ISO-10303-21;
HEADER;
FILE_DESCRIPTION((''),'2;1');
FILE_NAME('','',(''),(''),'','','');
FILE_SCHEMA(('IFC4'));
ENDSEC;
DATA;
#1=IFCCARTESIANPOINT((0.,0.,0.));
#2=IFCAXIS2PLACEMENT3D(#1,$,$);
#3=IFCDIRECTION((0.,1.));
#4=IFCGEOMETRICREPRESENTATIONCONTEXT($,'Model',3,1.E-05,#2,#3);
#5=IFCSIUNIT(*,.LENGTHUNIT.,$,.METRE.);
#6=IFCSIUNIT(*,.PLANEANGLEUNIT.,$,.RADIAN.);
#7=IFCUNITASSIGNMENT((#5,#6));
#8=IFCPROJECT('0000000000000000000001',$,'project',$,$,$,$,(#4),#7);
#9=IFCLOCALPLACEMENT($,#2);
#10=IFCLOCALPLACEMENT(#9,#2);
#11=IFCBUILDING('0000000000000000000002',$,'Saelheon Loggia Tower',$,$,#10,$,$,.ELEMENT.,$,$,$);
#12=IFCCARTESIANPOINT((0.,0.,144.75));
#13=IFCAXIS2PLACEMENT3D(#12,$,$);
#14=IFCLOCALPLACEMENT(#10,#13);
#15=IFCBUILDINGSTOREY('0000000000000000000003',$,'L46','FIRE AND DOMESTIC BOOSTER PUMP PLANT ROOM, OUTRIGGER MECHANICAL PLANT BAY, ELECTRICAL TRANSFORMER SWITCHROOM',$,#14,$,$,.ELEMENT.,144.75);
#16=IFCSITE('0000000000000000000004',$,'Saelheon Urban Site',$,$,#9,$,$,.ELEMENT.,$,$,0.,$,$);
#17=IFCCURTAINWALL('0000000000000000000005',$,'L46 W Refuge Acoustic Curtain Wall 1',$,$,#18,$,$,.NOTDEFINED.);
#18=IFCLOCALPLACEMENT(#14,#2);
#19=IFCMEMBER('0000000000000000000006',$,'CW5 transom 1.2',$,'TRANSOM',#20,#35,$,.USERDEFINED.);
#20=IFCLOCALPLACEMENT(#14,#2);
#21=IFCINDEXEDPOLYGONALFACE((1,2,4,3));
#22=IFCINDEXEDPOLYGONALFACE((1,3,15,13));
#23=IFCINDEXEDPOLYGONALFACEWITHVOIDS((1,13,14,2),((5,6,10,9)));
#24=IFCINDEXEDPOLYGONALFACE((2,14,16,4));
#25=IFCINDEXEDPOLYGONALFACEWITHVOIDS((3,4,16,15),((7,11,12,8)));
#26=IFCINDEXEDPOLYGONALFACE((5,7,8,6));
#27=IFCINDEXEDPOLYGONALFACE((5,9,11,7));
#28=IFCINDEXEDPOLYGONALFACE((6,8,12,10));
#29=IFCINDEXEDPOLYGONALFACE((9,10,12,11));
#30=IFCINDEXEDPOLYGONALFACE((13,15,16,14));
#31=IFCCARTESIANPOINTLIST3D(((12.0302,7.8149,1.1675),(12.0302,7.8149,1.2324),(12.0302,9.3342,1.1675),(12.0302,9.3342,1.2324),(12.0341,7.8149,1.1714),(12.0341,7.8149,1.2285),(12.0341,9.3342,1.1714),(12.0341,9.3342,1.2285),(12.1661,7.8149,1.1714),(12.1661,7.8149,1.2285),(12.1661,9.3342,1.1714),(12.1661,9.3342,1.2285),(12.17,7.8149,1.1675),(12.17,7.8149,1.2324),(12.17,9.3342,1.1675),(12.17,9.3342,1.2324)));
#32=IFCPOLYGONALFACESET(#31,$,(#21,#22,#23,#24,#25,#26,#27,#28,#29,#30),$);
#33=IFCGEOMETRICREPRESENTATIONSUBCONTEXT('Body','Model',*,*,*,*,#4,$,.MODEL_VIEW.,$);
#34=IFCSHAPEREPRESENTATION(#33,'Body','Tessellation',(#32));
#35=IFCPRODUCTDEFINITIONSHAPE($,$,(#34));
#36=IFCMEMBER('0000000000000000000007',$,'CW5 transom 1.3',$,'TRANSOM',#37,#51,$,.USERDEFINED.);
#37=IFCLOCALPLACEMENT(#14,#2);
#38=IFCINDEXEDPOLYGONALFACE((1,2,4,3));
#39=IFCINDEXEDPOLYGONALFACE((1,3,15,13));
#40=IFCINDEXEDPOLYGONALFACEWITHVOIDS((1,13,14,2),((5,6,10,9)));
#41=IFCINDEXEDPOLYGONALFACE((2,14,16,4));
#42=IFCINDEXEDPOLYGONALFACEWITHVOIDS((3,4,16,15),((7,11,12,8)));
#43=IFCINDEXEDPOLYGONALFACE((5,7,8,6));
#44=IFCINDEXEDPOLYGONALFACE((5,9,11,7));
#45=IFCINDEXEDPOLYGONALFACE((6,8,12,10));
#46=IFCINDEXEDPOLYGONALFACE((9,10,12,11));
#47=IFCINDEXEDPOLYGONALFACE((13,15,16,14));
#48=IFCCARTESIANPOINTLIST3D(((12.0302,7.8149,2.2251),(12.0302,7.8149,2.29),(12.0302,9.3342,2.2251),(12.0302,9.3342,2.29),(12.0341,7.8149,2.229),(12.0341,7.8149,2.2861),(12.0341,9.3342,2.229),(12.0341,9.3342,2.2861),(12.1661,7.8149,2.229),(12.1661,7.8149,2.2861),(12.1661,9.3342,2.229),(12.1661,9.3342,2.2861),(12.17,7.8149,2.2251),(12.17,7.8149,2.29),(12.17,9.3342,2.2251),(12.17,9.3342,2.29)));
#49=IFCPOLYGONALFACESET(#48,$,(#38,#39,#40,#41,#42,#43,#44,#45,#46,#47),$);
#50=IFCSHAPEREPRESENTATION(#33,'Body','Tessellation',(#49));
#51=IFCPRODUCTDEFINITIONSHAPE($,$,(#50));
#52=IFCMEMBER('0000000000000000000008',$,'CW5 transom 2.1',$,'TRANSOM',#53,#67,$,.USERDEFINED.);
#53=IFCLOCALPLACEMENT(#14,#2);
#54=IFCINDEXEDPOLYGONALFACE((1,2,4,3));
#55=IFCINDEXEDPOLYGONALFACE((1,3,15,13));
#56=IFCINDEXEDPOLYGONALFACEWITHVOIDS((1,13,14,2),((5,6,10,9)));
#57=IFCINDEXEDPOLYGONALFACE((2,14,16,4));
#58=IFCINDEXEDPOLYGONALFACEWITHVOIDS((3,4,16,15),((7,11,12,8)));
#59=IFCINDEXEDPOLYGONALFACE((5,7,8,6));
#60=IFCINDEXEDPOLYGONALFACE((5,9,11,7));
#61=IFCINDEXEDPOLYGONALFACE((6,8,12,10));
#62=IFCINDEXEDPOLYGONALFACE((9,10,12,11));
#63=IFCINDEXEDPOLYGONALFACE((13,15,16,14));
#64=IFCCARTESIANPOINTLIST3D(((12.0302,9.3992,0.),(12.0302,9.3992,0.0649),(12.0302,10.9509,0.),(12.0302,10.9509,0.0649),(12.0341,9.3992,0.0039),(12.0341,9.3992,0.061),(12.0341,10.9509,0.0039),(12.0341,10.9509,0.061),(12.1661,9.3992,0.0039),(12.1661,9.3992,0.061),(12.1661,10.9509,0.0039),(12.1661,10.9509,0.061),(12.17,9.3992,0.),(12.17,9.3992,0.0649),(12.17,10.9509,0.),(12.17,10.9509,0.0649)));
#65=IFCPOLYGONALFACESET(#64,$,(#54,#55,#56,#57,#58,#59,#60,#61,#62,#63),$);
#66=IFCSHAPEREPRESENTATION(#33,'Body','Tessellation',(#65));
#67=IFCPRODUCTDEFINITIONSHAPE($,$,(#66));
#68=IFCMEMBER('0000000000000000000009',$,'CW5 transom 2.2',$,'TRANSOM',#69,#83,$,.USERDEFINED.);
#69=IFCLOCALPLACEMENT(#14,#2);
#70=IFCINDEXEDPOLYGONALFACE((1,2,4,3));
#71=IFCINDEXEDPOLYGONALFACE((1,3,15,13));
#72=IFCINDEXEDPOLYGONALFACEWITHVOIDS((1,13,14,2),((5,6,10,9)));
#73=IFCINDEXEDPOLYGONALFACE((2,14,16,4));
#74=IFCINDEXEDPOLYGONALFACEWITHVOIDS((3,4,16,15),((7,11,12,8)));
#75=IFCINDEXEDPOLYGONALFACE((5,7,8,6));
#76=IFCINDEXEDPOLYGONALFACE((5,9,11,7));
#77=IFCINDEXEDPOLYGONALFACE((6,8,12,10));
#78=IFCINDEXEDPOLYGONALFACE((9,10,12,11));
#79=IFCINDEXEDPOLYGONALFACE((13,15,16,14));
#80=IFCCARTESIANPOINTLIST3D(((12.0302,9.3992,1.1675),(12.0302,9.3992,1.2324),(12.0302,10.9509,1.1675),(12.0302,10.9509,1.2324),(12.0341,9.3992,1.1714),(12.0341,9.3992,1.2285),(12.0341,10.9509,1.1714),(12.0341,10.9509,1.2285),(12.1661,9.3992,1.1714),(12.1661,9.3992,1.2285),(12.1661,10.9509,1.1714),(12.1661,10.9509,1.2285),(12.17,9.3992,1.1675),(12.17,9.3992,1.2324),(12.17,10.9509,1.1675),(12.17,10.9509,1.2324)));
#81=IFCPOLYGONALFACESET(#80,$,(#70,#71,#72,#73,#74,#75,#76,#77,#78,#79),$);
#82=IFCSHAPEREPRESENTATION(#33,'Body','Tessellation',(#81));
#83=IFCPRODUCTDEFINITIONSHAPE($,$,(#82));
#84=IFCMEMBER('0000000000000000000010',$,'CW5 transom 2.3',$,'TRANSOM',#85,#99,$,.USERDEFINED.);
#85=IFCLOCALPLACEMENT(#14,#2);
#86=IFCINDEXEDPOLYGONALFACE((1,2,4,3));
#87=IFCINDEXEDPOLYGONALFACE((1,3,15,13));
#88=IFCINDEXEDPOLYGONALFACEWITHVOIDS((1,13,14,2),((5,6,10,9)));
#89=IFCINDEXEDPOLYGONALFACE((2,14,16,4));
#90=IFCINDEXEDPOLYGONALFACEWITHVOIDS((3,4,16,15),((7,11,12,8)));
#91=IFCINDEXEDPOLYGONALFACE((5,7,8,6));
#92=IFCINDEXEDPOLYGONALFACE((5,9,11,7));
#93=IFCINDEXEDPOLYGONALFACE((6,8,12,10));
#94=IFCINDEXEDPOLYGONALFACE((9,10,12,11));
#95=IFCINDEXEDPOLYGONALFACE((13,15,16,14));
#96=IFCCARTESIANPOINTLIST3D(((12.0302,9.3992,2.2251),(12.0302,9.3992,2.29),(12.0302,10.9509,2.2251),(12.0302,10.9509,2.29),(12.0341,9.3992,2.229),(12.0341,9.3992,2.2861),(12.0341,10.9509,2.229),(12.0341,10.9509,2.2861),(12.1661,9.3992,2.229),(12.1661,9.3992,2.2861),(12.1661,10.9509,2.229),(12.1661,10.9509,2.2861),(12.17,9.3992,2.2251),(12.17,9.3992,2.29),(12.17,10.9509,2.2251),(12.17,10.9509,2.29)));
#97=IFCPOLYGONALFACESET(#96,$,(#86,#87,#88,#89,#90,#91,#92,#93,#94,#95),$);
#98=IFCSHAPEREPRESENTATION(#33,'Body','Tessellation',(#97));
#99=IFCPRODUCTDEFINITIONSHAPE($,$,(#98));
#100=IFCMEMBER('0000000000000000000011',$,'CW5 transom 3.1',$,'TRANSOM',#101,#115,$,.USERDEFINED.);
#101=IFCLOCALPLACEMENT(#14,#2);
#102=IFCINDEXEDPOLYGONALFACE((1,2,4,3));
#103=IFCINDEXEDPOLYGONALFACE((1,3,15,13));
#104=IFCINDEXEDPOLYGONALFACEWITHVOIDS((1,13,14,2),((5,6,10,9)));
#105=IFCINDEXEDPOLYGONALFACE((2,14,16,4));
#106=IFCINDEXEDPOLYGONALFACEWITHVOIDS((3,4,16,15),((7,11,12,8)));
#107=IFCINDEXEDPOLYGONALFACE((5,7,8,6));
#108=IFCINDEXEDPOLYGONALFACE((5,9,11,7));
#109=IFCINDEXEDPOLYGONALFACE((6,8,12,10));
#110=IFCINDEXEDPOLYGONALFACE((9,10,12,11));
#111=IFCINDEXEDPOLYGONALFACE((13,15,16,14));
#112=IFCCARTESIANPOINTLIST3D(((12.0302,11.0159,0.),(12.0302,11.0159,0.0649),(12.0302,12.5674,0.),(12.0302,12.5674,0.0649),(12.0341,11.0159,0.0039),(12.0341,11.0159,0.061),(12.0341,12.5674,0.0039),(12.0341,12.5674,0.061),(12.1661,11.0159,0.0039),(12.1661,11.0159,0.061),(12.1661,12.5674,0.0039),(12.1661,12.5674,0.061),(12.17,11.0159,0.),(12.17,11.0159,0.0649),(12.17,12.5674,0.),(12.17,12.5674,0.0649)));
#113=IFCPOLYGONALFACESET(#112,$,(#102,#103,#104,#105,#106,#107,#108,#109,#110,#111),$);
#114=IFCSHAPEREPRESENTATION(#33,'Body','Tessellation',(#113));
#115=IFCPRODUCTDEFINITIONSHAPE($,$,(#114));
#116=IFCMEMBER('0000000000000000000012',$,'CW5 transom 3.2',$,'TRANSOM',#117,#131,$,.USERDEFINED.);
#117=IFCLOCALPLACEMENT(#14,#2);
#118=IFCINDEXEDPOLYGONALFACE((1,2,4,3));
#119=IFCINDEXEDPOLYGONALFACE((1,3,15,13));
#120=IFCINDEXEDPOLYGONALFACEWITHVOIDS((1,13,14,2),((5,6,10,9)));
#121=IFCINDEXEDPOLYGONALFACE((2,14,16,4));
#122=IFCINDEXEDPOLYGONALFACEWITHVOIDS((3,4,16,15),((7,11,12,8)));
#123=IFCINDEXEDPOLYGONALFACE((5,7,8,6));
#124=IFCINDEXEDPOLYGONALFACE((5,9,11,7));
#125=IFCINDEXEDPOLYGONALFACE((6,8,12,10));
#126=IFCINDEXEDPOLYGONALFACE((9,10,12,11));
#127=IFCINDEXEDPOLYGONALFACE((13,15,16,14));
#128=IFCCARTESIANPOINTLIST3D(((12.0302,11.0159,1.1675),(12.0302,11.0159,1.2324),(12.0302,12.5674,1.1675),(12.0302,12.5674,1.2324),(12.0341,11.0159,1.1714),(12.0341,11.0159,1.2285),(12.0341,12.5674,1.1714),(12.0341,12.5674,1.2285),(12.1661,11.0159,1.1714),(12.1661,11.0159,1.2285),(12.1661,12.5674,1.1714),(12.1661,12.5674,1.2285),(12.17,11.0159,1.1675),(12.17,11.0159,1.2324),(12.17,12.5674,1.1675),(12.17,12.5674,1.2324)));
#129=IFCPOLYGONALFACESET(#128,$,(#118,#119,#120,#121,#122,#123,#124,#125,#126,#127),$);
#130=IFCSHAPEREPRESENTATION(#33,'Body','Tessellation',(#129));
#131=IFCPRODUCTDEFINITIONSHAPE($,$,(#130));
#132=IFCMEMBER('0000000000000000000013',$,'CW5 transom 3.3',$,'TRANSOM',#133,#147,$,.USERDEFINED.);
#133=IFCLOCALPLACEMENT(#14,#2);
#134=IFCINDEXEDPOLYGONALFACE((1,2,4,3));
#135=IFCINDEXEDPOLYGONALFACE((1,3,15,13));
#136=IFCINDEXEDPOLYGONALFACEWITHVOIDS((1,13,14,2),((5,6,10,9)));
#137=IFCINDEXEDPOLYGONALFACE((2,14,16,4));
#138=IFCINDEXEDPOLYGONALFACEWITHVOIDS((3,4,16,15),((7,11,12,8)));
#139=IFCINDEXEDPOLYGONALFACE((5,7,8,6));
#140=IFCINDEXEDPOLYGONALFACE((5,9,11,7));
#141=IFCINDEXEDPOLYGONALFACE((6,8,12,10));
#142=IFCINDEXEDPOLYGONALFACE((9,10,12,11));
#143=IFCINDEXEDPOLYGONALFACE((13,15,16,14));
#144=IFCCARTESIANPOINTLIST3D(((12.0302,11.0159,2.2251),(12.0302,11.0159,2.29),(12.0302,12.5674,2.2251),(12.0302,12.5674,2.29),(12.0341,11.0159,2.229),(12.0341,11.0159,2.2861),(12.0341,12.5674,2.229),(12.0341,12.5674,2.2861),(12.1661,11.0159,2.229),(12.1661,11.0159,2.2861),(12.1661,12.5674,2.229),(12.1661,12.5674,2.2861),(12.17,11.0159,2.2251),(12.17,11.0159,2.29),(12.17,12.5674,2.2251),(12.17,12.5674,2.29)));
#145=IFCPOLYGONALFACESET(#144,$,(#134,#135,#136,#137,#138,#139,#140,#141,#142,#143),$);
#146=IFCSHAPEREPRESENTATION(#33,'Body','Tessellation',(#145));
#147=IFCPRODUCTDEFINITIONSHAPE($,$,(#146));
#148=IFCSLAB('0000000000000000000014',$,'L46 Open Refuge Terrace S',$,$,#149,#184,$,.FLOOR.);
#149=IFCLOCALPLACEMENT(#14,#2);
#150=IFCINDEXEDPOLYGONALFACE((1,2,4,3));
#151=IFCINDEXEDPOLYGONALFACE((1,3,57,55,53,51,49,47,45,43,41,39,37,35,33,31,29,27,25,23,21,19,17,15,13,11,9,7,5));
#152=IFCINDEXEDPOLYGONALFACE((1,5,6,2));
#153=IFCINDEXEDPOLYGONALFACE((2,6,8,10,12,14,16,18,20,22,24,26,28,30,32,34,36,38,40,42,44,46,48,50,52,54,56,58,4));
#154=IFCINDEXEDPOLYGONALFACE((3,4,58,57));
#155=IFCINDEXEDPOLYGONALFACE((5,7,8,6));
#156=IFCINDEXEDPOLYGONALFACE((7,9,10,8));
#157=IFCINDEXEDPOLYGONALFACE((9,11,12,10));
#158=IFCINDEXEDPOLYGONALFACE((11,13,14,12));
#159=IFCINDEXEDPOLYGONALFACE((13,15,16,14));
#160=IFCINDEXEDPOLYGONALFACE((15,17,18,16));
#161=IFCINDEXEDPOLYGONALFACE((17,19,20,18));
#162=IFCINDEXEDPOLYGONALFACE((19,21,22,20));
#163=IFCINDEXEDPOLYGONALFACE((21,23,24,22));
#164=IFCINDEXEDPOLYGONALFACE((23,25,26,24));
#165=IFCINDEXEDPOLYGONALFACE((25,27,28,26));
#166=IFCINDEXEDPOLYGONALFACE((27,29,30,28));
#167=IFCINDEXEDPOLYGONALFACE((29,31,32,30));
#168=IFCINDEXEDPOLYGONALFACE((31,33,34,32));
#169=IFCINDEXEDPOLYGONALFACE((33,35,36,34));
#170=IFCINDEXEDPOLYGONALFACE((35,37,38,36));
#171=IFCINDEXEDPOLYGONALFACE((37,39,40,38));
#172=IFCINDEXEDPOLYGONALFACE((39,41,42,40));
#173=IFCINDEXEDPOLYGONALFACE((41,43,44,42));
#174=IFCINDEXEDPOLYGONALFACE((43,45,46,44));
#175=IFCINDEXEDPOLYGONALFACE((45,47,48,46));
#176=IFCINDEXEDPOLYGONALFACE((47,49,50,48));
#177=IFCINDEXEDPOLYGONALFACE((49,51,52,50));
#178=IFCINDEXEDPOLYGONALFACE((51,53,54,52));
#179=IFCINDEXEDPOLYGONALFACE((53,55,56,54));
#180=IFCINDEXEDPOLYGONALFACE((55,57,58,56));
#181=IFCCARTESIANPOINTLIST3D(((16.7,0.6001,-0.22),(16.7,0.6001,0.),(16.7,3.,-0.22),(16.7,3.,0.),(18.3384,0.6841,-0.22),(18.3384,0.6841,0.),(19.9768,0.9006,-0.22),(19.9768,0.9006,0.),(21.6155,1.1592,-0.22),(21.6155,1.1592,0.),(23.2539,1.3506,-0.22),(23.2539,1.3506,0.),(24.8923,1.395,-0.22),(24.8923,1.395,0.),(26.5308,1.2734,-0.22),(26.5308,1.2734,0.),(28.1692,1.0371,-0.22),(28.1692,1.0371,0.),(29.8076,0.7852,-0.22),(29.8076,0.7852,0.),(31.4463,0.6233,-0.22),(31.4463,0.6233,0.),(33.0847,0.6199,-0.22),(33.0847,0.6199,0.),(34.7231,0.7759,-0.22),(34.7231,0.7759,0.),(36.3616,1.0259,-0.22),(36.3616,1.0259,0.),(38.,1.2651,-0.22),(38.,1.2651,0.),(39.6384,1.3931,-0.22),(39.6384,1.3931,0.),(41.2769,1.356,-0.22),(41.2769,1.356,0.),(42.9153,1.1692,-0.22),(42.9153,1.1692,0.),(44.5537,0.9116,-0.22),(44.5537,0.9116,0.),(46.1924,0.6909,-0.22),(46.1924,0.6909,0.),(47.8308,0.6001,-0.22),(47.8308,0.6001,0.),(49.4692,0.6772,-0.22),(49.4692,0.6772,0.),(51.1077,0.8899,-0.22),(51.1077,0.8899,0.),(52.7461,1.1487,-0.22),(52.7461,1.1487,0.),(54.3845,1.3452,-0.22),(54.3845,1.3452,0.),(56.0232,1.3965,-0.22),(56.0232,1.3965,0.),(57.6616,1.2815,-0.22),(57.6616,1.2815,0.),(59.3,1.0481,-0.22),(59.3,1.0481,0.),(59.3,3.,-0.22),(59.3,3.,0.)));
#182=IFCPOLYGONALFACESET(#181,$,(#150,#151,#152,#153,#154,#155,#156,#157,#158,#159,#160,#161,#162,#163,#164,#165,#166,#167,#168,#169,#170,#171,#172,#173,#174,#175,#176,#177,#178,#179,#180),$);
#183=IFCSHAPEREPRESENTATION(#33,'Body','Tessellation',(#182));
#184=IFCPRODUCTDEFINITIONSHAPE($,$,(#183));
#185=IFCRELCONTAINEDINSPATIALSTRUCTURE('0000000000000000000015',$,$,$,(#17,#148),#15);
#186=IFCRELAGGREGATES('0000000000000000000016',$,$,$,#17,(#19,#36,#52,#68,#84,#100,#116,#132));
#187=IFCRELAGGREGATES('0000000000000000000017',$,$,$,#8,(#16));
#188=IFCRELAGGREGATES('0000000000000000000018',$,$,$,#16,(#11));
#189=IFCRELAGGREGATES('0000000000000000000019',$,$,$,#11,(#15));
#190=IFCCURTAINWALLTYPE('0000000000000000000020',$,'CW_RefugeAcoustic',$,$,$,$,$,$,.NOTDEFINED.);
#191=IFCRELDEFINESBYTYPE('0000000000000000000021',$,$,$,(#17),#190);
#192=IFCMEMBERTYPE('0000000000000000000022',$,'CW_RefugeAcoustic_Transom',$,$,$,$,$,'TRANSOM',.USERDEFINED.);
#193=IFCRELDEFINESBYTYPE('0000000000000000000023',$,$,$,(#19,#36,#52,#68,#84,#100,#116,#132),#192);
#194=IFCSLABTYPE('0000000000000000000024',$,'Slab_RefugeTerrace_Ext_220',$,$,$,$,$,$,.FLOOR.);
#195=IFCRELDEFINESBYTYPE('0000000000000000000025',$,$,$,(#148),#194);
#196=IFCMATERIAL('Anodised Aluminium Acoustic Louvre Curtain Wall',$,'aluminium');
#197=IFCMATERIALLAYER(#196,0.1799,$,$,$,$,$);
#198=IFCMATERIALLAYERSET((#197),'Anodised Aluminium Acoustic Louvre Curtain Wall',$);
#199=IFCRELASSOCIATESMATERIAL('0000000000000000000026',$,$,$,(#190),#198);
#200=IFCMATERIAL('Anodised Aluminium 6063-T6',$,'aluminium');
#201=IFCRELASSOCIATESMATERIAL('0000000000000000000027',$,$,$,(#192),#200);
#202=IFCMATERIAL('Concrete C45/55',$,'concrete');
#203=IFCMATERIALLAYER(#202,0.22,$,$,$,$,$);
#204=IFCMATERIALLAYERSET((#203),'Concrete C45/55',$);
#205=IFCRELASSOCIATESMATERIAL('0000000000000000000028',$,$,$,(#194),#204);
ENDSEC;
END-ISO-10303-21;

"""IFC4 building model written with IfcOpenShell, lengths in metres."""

from ifc_helpers import new_model, si_unit, direction, frame, origin, origin_2d, place, context, subcontext, project, spatial, polyline, hollow_rectangle, outline, extrude, source, transform, mapped, material, layer, layer_set, material_profile, profile_set, type_object, element, aggregate, save


model = new_model("IFC4")

# Units and contexts
model_context = context("Model", 3, precision=1e-05, world=origin(), true_north=direction((0.0, 1.0)))
body_context = subcontext(model_context, "Body", "Model", "MODEL_VIEW")
ifc_project = project(units=[si_unit("LENGTHUNIT", "METRE"), si_unit("PLANEANGLEUNIT", "RADIAN")], contexts=[model_context])

# Site, building, storey
site_placement = place(None, origin())
site = spatial("IfcSite", under=ifc_project, at=site_placement, Name="Saelheon Urban Site", CompositionType="ELEMENT", RefElevation=0.0)
building_placement = place(site_placement, origin())
building = spatial("IfcBuilding", under=site, at=building_placement, Name="Saelheon Loggia Tower", CompositionType="ELEMENT")
storey_placement = place(building_placement, frame((0.0, 0.0, 144.75)))
storey = spatial("IfcBuildingStorey", under=building, at=storey_placement, Name="L46", Description="FIRE AND DOMESTIC BOOSTER PUMP PLANT ROOM, OUTRIGGER MECHANICAL PLANT BAY, ELECTRICAL TRANSFORMER SWITCHROOM", CompositionType="ELEMENT", Elevation=144.75)

# Curtain wall, members
ifc_material_1 = material(Name="Anodised Aluminium Acoustic Louvre Curtain Wall", Category="aluminium")
ifc_layer_1 = layer(ifc_material_1, 0.1799)
ifc_layer_set_1 = layer_set([ifc_layer_1], Name="Anodised Aluminium Acoustic Louvre Curtain Wall")
curtain_wall_type = type_object("IfcCurtainWallType", Name="CW_RefugeAcoustic", PredefinedType="NOTDEFINED", material=ifc_layer_set_1)
curtain_wall_placement = place(storey_placement, origin())
curtain_wall = element("IfcCurtainWall", 1, at=curtain_wall_placement, inside=storey, type_object=curtain_wall_type, Name="L46 W Refuge Acoustic Curtain Wall 1", PredefinedType="NOTDEFINED")
ifc_material_2 = material(Name="Anodised Aluminium 6063-T6", Category="aluminium")
ifc_material_profile_1 = material_profile(ifc_material_2, hollow_rectangle(XDim=0.0649, YDim=0.1399, WallThickness=0.0039, at=origin_2d()), Name="RHS-140x65x4")
ifc_profile_set_1 = profile_set([ifc_material_profile_1], Name="Anodised Aluminium 6063-T6")
member_type_1 = type_object("IfcMemberType", Name="CW_RefugeAcoustic_Transom", ElementType="TRANSOM", PredefinedType="USERDEFINED", material=ifc_profile_set_1)
shared_shape_1 = source(origin(), body_context, "Body", "SweptSolid", [
    extrude(hollow_rectangle(XDim=0.0649, YDim=0.1399, WallThickness=0.0039, at=origin_2d()), origin(), (0.0, 0.0, 1.0), 1.5193),
])
member_1_placement = place(storey_placement, frame((12.1001, 7.8149, 1.2), z_axis=(0.0, 1.0, 0.0), x_axis=(0.0, 0.0, 1.0)))
member_1 = element("IfcMember", 2, at=member_1_placement, type_object=member_type_1, Name="CW5 transom 1.2", ObjectType="TRANSOM", PredefinedType="USERDEFINED", context=body_context, shape_type="MappedRepresentation", body=[
    mapped(shared_shape_1, transform((0.0, 0.0, 0.0), scale=1.0)),
])
member_2_placement = place(storey_placement, frame((12.1001, 7.8149, 2.2576), z_axis=(0.0, 1.0, 0.0), x_axis=(0.0, 0.0, 1.0)))
member_2 = element("IfcMember", 3, at=member_2_placement, type_object=member_type_1, Name="CW5 transom 1.3", ObjectType="TRANSOM", PredefinedType="USERDEFINED", context=body_context, shape_type="MappedRepresentation", body=[
    mapped(shared_shape_1, transform((0.0, 0.0, 0.0), scale=1.0)),
])
shared_shape_2 = source(origin(), body_context, "Body", "SweptSolid", [
    extrude(hollow_rectangle(XDim=0.0649, YDim=0.1399, WallThickness=0.0039, at=origin_2d()), origin(), (0.0, 0.0, 1.0), 1.5518),
])
member_3_placement = place(storey_placement, frame((12.1001, 9.3992, 0.0325), z_axis=(0.0, 1.0, 0.0), x_axis=(0.0, 0.0, 1.0)))
member_3 = element("IfcMember", 4, at=member_3_placement, type_object=member_type_1, Name="CW5 transom 2.1", ObjectType="TRANSOM", PredefinedType="USERDEFINED", context=body_context, shape_type="MappedRepresentation", body=[
    mapped(shared_shape_2, transform((0.0, 0.0, 0.0), scale=1.0)),
])
member_4_placement = place(storey_placement, frame((12.1001, 9.3992, 1.2), z_axis=(0.0, 1.0, 0.0), x_axis=(0.0, 0.0, 1.0)))
member_4 = element("IfcMember", 5, at=member_4_placement, type_object=member_type_1, Name="CW5 transom 2.2", ObjectType="TRANSOM", PredefinedType="USERDEFINED", context=body_context, shape_type="MappedRepresentation", body=[
    mapped(shared_shape_2, transform((0.0, 0.0, 0.0), scale=1.0)),
])
member_5_placement = place(storey_placement, frame((12.1001, 9.3992, 2.2576), z_axis=(0.0, 1.0, 0.0), x_axis=(0.0, 0.0, 1.0)))
member_5 = element("IfcMember", 6, at=member_5_placement, type_object=member_type_1, Name="CW5 transom 2.3", ObjectType="TRANSOM", PredefinedType="USERDEFINED", context=body_context, shape_type="MappedRepresentation", body=[
    mapped(shared_shape_2, transform((0.0, 0.0, 0.0), scale=1.0)),
])
shared_shape_3 = source(origin(), body_context, "Body", "SweptSolid", [
    extrude(hollow_rectangle(XDim=0.0649, YDim=0.1399, WallThickness=0.0039, at=origin_2d()), origin(), (0.0, 0.0, 1.0), 1.5515),
])
member_6_placement = place(storey_placement, frame((12.1001, 11.0159, 0.0325), z_axis=(0.0, 1.0, 0.0), x_axis=(0.0, 0.0, 1.0)))
member_6 = element("IfcMember", 7, at=member_6_placement, type_object=member_type_1, Name="CW5 transom 3.1", ObjectType="TRANSOM", PredefinedType="USERDEFINED", context=body_context, shape_type="MappedRepresentation", body=[
    mapped(shared_shape_3, transform((0.0, 0.0, 0.0), scale=1.0)),
])
member_7_placement = place(storey_placement, frame((12.1001, 11.0159, 1.2), z_axis=(0.0, 1.0, 0.0), x_axis=(0.0, 0.0, 1.0)))
member_7 = element("IfcMember", 8, at=member_7_placement, type_object=member_type_1, Name="CW5 transom 3.2", ObjectType="TRANSOM", PredefinedType="USERDEFINED", context=body_context, shape_type="MappedRepresentation", body=[
    mapped(shared_shape_3, transform((0.0, 0.0, 0.0), scale=1.0)),
])
member_8_placement = place(storey_placement, frame((12.1001, 11.0159, 2.2576), z_axis=(0.0, 1.0, 0.0), x_axis=(0.0, 0.0, 1.0)))
member_8 = element("IfcMember", 9, at=member_8_placement, type_object=member_type_1, Name="CW5 transom 3.3", ObjectType="TRANSOM", PredefinedType="USERDEFINED", context=body_context, shape_type="MappedRepresentation", body=[
    mapped(shared_shape_3, transform((0.0, 0.0, 0.0), scale=1.0)),
])

# Slab
ifc_material_3 = material(Name="Concrete C45/55", Category="concrete")
ifc_layer_2 = layer(ifc_material_3, 0.22)
ifc_layer_set_2 = layer_set([ifc_layer_2], Name="Concrete C45/55")
slab_type_1 = type_object("IfcSlabType", Name="Slab_RefugeTerrace_Ext_220", PredefinedType="FLOOR", material=ifc_layer_set_2)
slab_1_placement = place(storey_placement, frame((0.0, 0.0, -0.22)))
element("IfcSlab", 10, at=slab_1_placement, inside=storey, type_object=slab_type_1, Name="L46 Open Refuge Terrace S", PredefinedType="FLOOR", context=body_context, shape_type="SweptSolid", body=[
    extrude(outline(polyline([(16.7, 0.6001), (18.3384, 0.6841), (19.9768, 0.9006), (21.6155, 1.1592), (23.2539, 1.3506), (24.8923, 1.395), (26.5308, 1.2734), (28.1692, 1.0371), (29.8076, 0.7852), (31.4463, 0.6233), (33.0847, 0.6199), (34.7231, 0.7759), (36.3616, 1.0259), (38.0, 1.2651), (39.6384, 1.3931), (41.2769, 1.356), (42.9153, 1.1692), (44.5537, 0.9116), (46.1924, 0.6909), (47.8308, 0.6001), (49.4692, 0.6772), (51.1077, 0.8899), (52.7461, 1.1487), (54.3845, 1.3452), (56.0232, 1.3965), (57.6616, 1.2815), (59.3, 1.0481), (59.3, 3.0), (16.7, 3.0), (16.7, 0.6001)])), origin(), (0.0, 0.0, 1.0), 0.22),
])

aggregate(curtain_wall, [member_1, member_2, member_3, member_4, member_5, member_6, member_7, member_8])

save(model, "model.ifc")
